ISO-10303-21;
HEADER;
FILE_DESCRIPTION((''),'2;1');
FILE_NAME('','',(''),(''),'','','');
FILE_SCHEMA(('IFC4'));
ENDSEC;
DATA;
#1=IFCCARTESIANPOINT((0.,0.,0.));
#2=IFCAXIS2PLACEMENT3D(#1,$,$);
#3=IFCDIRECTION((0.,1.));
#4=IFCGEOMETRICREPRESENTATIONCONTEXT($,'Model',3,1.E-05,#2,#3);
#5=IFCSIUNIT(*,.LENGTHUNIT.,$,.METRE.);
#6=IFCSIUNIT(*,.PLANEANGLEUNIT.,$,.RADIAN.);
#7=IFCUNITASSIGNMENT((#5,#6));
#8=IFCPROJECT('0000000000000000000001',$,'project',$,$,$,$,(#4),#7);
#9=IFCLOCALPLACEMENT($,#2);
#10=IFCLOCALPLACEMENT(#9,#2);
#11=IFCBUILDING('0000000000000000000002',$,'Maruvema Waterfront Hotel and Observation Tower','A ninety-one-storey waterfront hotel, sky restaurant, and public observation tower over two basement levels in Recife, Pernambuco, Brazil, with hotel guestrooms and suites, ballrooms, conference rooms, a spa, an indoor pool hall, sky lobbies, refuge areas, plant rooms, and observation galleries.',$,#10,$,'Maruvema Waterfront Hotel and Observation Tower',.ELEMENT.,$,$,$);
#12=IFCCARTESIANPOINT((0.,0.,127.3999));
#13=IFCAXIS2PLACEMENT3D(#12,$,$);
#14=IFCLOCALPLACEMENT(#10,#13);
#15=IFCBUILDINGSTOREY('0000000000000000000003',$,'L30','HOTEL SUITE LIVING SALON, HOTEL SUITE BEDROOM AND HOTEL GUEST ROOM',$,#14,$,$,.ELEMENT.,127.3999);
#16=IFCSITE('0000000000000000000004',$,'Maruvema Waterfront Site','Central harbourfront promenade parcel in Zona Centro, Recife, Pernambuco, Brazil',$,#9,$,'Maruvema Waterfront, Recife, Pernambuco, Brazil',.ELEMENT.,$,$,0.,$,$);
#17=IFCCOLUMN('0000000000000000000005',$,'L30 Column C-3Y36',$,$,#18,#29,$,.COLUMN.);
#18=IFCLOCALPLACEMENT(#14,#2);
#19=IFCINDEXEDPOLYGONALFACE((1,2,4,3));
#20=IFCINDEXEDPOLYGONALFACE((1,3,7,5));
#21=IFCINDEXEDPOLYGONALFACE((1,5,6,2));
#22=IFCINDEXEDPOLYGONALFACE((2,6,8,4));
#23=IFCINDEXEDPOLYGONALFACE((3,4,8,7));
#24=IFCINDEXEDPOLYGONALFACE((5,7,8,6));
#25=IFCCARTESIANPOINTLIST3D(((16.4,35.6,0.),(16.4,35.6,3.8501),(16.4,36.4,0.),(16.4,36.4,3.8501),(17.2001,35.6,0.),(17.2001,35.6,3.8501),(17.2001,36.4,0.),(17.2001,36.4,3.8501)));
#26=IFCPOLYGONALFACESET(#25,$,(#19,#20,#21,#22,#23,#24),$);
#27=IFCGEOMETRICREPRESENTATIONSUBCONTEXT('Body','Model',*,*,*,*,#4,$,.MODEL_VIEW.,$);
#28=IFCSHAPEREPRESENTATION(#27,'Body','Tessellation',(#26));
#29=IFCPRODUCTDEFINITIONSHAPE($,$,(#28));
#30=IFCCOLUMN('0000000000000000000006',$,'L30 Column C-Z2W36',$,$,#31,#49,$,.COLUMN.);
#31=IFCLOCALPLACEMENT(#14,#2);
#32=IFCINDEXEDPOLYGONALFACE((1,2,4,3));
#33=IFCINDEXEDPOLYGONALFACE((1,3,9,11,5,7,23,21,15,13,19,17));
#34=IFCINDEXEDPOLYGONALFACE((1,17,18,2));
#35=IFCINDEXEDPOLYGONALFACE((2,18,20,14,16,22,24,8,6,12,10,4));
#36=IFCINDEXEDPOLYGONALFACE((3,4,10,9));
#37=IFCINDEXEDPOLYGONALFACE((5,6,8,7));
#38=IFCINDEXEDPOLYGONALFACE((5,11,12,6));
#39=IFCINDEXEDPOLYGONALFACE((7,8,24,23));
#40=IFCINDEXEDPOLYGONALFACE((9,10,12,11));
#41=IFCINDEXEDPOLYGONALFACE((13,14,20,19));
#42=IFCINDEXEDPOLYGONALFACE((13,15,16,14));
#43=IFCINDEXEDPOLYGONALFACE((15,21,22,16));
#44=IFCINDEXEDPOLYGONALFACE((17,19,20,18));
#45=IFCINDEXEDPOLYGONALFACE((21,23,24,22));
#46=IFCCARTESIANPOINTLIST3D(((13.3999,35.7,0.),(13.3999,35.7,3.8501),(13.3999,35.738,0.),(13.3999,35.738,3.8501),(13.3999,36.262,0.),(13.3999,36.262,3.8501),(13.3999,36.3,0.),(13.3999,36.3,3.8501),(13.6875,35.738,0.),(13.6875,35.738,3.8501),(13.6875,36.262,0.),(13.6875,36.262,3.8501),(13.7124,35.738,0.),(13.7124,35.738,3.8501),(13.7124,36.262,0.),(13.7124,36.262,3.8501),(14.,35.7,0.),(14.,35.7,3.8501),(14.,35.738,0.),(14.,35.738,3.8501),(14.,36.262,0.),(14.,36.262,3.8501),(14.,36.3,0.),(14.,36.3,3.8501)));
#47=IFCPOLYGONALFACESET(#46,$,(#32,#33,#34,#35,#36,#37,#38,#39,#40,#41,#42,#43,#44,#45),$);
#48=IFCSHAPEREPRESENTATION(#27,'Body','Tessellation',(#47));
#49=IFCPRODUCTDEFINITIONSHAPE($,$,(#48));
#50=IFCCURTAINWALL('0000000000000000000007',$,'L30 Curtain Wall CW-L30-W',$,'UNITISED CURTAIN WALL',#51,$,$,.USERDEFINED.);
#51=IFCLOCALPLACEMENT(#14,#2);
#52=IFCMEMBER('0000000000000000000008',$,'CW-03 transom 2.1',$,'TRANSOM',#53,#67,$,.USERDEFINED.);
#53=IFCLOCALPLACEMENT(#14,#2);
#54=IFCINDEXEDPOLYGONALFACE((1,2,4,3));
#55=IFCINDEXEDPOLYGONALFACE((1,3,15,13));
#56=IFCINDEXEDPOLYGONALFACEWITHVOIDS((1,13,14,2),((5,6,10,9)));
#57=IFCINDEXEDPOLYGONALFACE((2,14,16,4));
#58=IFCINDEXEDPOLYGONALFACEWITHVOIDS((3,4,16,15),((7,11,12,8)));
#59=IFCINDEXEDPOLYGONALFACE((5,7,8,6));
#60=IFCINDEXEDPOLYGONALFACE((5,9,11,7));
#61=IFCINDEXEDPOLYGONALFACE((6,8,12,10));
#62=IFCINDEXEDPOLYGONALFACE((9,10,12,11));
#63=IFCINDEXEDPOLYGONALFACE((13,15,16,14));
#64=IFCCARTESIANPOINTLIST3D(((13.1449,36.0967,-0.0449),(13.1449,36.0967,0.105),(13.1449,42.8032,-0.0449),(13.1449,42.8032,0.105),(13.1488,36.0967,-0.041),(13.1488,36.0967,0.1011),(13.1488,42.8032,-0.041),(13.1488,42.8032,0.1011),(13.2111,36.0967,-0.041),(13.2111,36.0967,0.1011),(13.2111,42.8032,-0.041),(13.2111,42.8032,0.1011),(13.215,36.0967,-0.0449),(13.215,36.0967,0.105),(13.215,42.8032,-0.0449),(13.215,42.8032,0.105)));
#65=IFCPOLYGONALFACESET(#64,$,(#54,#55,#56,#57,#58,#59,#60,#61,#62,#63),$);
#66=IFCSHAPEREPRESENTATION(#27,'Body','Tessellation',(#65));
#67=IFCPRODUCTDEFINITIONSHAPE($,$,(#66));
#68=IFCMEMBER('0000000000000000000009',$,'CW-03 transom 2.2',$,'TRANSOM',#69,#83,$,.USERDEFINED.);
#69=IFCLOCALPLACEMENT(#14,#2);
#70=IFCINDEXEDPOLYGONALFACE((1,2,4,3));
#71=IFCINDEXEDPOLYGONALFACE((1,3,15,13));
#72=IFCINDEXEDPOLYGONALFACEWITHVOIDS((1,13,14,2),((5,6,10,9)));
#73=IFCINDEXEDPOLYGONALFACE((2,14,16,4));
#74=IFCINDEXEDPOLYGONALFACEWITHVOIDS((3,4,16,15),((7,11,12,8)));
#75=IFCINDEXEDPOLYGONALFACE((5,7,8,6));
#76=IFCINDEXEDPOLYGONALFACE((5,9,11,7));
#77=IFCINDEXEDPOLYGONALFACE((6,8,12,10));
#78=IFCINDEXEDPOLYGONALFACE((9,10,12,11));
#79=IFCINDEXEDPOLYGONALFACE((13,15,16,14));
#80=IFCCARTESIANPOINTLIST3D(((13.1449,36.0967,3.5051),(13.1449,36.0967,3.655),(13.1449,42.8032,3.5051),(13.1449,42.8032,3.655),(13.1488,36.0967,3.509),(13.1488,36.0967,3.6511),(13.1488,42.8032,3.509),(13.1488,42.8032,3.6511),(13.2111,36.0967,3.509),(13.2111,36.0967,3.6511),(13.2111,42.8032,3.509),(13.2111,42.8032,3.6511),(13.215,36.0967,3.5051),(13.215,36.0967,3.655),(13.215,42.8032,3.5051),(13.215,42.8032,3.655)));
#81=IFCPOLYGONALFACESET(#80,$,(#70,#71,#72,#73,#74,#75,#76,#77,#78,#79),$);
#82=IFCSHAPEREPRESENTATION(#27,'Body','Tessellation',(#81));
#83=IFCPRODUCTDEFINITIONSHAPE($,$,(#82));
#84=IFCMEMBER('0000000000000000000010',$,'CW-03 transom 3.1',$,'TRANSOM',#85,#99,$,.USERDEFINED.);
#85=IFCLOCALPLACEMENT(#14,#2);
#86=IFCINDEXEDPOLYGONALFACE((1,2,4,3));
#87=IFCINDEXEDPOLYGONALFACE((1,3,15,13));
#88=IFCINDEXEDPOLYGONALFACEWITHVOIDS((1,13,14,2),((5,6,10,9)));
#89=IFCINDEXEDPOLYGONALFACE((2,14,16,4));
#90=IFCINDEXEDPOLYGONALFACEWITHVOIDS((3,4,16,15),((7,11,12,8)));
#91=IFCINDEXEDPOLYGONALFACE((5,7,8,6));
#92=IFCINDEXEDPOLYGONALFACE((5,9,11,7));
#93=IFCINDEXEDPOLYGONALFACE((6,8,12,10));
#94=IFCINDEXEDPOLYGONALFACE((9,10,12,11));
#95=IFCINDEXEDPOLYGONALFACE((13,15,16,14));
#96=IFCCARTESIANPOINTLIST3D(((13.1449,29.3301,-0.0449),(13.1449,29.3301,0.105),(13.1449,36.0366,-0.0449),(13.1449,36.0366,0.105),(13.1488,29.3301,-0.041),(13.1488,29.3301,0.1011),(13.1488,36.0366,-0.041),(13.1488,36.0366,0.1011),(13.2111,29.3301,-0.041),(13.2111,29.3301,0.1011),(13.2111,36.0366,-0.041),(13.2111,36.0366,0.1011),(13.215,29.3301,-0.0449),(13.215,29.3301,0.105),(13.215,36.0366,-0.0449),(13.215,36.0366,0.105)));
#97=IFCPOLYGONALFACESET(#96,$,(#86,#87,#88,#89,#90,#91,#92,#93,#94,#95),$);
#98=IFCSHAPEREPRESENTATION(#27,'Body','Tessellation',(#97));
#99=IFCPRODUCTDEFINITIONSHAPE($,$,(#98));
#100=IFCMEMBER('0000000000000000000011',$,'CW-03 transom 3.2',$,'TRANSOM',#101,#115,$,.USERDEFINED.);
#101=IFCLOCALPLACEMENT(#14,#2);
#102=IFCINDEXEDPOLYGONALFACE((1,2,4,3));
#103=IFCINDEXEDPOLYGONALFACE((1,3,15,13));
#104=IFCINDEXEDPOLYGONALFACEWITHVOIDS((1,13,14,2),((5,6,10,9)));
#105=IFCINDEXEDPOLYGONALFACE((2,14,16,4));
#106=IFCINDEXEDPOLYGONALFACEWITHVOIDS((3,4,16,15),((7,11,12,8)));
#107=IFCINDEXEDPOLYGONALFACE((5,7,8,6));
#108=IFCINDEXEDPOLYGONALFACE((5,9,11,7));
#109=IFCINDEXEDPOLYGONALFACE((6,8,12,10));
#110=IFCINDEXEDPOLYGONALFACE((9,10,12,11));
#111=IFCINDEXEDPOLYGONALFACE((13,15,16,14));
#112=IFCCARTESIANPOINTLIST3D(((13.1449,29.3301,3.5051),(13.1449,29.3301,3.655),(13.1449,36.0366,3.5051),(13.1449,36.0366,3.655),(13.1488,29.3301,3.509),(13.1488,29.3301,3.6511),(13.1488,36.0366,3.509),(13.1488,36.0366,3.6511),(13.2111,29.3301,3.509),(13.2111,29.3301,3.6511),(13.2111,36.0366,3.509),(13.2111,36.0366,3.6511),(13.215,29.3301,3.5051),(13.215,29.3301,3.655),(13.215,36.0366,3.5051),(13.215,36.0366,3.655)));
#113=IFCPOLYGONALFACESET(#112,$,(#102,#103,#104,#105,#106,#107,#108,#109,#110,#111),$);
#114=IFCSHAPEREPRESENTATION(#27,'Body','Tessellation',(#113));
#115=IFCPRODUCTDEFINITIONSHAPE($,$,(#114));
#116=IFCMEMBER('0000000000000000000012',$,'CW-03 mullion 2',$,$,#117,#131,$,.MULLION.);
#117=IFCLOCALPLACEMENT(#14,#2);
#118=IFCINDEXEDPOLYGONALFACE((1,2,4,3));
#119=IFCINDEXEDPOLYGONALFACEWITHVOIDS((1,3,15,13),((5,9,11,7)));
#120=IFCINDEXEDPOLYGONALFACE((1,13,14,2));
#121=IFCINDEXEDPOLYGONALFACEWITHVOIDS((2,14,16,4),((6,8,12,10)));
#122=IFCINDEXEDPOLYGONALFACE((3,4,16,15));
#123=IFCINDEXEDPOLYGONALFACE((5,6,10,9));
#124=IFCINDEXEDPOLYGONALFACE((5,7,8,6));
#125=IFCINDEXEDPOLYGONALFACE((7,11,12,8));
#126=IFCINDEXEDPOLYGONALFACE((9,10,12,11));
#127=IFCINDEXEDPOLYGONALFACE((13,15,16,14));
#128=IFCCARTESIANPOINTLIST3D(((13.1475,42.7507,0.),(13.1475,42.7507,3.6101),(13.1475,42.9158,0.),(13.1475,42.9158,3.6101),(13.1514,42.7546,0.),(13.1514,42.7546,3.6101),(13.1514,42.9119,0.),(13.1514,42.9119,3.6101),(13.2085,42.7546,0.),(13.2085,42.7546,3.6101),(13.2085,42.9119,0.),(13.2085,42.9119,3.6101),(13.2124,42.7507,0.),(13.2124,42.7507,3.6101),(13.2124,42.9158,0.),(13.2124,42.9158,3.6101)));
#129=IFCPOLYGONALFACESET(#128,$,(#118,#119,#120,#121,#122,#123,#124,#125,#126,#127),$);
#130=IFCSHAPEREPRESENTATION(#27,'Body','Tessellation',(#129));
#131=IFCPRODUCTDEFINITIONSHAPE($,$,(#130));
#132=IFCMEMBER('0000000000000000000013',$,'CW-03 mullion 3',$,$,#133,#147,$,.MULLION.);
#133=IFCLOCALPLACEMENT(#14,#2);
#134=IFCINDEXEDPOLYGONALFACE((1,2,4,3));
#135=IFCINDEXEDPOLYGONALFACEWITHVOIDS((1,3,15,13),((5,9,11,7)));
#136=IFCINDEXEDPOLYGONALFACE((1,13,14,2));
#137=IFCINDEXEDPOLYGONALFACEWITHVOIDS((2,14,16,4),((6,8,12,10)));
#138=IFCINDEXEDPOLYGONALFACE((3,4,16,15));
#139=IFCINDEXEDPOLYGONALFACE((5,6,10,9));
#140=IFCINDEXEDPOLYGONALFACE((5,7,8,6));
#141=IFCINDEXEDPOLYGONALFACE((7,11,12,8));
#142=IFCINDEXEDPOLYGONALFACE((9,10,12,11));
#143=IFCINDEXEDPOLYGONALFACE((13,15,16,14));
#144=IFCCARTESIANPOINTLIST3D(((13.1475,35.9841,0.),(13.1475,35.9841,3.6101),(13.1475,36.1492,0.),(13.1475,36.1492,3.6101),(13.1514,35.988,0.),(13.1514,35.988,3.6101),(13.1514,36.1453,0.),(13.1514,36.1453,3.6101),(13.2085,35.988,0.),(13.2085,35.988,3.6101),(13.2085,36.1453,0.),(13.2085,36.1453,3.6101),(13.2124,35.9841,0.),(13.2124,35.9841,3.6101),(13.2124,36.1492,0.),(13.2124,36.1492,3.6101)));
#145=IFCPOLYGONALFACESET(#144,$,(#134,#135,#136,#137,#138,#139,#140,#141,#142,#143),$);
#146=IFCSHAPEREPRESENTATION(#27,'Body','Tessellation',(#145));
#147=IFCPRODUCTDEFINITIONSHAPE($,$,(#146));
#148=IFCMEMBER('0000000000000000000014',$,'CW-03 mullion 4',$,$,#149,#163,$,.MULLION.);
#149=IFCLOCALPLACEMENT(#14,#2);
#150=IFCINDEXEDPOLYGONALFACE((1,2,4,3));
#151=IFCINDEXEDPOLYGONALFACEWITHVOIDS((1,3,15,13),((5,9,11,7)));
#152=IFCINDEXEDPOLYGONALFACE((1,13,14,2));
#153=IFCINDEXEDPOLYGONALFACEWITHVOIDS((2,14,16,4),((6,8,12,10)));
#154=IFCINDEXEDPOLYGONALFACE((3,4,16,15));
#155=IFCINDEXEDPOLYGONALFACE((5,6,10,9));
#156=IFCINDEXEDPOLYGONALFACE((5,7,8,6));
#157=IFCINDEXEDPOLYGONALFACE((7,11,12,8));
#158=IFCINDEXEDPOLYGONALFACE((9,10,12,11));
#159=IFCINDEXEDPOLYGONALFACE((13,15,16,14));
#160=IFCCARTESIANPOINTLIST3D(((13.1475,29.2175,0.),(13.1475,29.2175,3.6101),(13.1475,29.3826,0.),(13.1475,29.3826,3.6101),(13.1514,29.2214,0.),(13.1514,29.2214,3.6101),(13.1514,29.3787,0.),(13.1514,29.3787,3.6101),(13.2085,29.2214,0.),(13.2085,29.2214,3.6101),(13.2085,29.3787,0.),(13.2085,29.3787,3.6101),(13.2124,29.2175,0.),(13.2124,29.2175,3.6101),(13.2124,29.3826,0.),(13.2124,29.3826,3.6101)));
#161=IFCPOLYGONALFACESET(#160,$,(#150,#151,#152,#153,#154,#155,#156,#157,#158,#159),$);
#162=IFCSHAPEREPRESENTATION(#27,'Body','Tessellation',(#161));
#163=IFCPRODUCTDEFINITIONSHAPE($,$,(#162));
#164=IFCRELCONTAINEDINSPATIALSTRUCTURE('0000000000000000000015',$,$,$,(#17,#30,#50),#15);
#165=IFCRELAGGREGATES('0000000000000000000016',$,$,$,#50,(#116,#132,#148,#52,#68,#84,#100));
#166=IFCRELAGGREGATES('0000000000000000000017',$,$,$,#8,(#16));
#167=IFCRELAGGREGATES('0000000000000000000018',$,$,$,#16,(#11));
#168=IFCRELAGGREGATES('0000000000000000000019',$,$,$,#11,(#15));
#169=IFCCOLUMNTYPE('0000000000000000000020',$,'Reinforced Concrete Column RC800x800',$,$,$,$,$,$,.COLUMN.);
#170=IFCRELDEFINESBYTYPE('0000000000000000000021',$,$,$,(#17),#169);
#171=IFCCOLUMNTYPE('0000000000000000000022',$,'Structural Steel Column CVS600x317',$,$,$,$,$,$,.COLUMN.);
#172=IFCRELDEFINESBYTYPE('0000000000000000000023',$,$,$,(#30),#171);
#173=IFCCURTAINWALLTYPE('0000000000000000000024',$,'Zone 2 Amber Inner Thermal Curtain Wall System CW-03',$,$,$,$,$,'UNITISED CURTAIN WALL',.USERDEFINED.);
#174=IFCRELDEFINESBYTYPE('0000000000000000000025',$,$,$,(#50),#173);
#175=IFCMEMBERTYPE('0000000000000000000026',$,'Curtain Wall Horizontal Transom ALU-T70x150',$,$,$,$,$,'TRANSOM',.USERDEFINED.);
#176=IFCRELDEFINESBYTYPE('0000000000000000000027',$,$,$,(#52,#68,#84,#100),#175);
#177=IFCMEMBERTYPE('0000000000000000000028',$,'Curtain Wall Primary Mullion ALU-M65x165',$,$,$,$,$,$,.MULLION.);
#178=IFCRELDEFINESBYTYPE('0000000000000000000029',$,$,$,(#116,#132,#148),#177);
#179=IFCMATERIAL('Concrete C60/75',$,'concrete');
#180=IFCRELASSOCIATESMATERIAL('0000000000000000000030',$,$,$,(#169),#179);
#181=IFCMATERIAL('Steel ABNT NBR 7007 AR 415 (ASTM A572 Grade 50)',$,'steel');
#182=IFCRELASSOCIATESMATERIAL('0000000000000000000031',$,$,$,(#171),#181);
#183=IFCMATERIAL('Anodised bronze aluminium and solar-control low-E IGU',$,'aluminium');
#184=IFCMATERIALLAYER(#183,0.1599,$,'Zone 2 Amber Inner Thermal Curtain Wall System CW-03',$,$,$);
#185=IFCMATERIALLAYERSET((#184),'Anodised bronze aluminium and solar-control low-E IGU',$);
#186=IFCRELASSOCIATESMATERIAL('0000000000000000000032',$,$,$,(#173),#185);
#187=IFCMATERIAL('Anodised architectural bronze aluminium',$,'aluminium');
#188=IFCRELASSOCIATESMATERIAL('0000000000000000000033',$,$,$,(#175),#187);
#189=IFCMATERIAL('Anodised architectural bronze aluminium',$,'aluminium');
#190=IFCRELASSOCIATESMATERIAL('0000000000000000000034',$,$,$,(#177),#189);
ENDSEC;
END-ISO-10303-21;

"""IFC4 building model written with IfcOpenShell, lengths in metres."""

from ifc_helpers import new_model, si_unit, direction, frame, origin, origin_2d, place, context, subcontext, project, spatial, rectangle, hollow_rectangle, i_section, extrude, material, layer, layer_set, material_profile, profile_set, type_object, element, aggregate, save


model = new_model("IFC4")

# Units and contexts
model_context = context("Model", 3, precision=1e-05, world=origin(), true_north=direction((0.0, 1.0)))
body_context = subcontext(model_context, "Body", "Model", "MODEL_VIEW")
ifc_project = project(units=[si_unit("LENGTHUNIT", "METRE"), si_unit("PLANEANGLEUNIT", "RADIAN")], contexts=[model_context])

# Site, building, storey
site_placement = place(None, origin())
site = spatial("IfcSite", under=ifc_project, at=site_placement, Name="Maruvema Waterfront Site", Description="Central harbourfront promenade parcel in Zona Centro, Recife, Pernambuco, Brazil", LongName="Maruvema Waterfront, Recife, Pernambuco, Brazil", CompositionType="ELEMENT", RefElevation=0.0)
building_placement = place(site_placement, origin())
building = spatial("IfcBuilding", under=site, at=building_placement, Name="Maruvema Waterfront Hotel and Observation Tower", Description="A ninety-one-storey waterfront hotel, sky restaurant, and public observation tower over two basement levels in Recife, Pernambuco, Brazil, with hotel guestrooms and suites, ballrooms, conference rooms, a spa, an indoor pool hall, sky lobbies, refuge areas, plant rooms, and observation galleries.", LongName="Maruvema Waterfront Hotel and Observation Tower", CompositionType="ELEMENT")
storey_placement = place(building_placement, frame((0.0, 0.0, 127.3999)))
storey = spatial("IfcBuildingStorey", under=building, at=storey_placement, Name="L30", Description="HOTEL SUITE LIVING SALON, HOTEL SUITE BEDROOM AND HOTEL GUEST ROOM", CompositionType="ELEMENT", Elevation=127.3999)

# Columns
ifc_material_1 = material(Name="Concrete C60/75", Category="concrete")
ifc_material_profile_1 = material_profile(ifc_material_1, rectangle(XDim=0.8, YDim=0.8, at=origin_2d()), Name="RC800x800")
ifc_profile_set_1 = profile_set([ifc_material_profile_1], Name="Concrete C60/75")
column_type_1 = type_object("IfcColumnType", Name="Reinforced Concrete Column RC800x800", PredefinedType="COLUMN", material=ifc_profile_set_1)
column_1_placement = place(storey_placement, frame((16.8, 36.0, 0.0), z_axis=(0.0, 0.0, 1.0), x_axis=(1.0, 0.0, 0.0)))
element("IfcColumn", 1, at=column_1_placement, inside=storey, type_object=column_type_1, Name="L30 Column C-3Y36", PredefinedType="COLUMN", context=body_context, shape_type="SweptSolid", body=[
    extrude(rectangle(XDim=0.8, YDim=0.8, at=origin_2d()), origin(), (0.0, 0.0, 1.0), 3.8501),
])
ifc_material_2 = material(Name="Steel ABNT NBR 7007 AR 415 (ASTM A572 Grade 50)", Category="steel")
ifc_material_profile_2 = material_profile(ifc_material_2, i_section(OverallWidth=0.6001, OverallDepth=0.6001, WebThickness=0.0249, FlangeThickness=0.0381, at=origin_2d()), Name="CVS600x317")
ifc_profile_set_2 = profile_set([ifc_material_profile_2], Name="Steel ABNT NBR 7007 AR 415 (ASTM A572 Grade 50)")
column_type_2 = type_object("IfcColumnType", Name="Structural Steel Column CVS600x317", PredefinedType="COLUMN", material=ifc_profile_set_2)
column_2_placement = place(storey_placement, frame((13.7, 36.0, 0.0), z_axis=(0.0, 0.0, 1.0), x_axis=(1.0, 0.0, 0.0)))
element("IfcColumn", 2, at=column_2_placement, inside=storey, type_object=column_type_2, Name="L30 Column C-Z2W36", PredefinedType="COLUMN", context=body_context, shape_type="SweptSolid", body=[
    extrude(i_section(OverallWidth=0.6001, OverallDepth=0.6001, WebThickness=0.0249, FlangeThickness=0.0381, at=origin_2d()), origin(), (0.0, 0.0, 1.0), 3.8501),
])

# Curtain wall, members
ifc_material_3 = material(Name="Anodised bronze aluminium and solar-control low-E IGU", Category="aluminium")
ifc_layer_1 = layer(ifc_material_3, 0.1599, Name="Zone 2 Amber Inner Thermal Curtain Wall System CW-03")
ifc_layer_set_1 = layer_set([ifc_layer_1], Name="Anodised bronze aluminium and solar-control low-E IGU")
curtain_wall_type = type_object("IfcCurtainWallType", Name="Zone 2 Amber Inner Thermal Curtain Wall System CW-03", ElementType="UNITISED CURTAIN WALL", PredefinedType="USERDEFINED", material=ifc_layer_set_1)
curtain_wall_placement = place(storey_placement, origin())
curtain_wall = element("IfcCurtainWall", 3, at=curtain_wall_placement, inside=storey, type_object=curtain_wall_type, Name="L30 Curtain Wall CW-L30-W", ObjectType="UNITISED CURTAIN WALL", PredefinedType="USERDEFINED")
ifc_material_4 = material(Name="Anodised architectural bronze aluminium", Category="aluminium")
ifc_material_profile_3 = material_profile(ifc_material_4, hollow_rectangle(XDim=0.0701, YDim=0.1499, WallThickness=0.0039, at=origin_2d()), Name="ALU-T70x150")
ifc_profile_set_3 = profile_set([ifc_material_profile_3], Name="Anodised architectural bronze aluminium")
member_type_1 = type_object("IfcMemberType", Name="Curtain Wall Horizontal Transom ALU-T70x150", ElementType="TRANSOM", PredefinedType="USERDEFINED", material=ifc_profile_set_3)
member_1_placement = place(storey_placement, frame((13.1799, 42.8032, 0.03), z_axis=(0.0, -1.0, 0.0), x_axis=(1.0, 0.0, 0.0)))
member_1 = element("IfcMember", 4, at=member_1_placement, type_object=member_type_1, Name="CW-03 transom 2.1", ObjectType="TRANSOM", PredefinedType="USERDEFINED", context=body_context, shape_type="SweptSolid", body=[
    extrude(hollow_rectangle(XDim=0.0701, YDim=0.1499, WallThickness=0.0039, at=origin_2d()), origin(), (0.0, 0.0, 1.0), 6.7065),
])
member_2_placement = place(storey_placement, frame((13.1799, 42.8032, 3.5801), z_axis=(0.0, -1.0, 0.0), x_axis=(1.0, 0.0, 0.0)))
member_2 = element("IfcMember", 5, at=member_2_placement, type_object=member_type_1, Name="CW-03 transom 2.2", ObjectType="TRANSOM", PredefinedType="USERDEFINED", context=body_context, shape_type="SweptSolid", body=[
    extrude(hollow_rectangle(XDim=0.0701, YDim=0.1499, WallThickness=0.0039, at=origin_2d()), origin(), (0.0, 0.0, 1.0), 6.7065),
])
member_3_placement = place(storey_placement, frame((13.1799, 36.0366, 0.03), z_axis=(0.0, -1.0, 0.0), x_axis=(1.0, 0.0, 0.0)))
member_3 = element("IfcMember", 6, at=member_3_placement, type_object=member_type_1, Name="CW-03 transom 3.1", ObjectType="TRANSOM", PredefinedType="USERDEFINED", context=body_context, shape_type="SweptSolid", body=[
    extrude(hollow_rectangle(XDim=0.0701, YDim=0.1499, WallThickness=0.0039, at=origin_2d()), origin(), (0.0, 0.0, 1.0), 6.7065),
])
member_4_placement = place(storey_placement, frame((13.1799, 36.0366, 3.5801), z_axis=(0.0, -1.0, 0.0), x_axis=(1.0, 0.0, 0.0)))
member_4 = element("IfcMember", 7, at=member_4_placement, type_object=member_type_1, Name="CW-03 transom 3.2", ObjectType="TRANSOM", PredefinedType="USERDEFINED", context=body_context, shape_type="SweptSolid", body=[
    extrude(hollow_rectangle(XDim=0.0701, YDim=0.1499, WallThickness=0.0039, at=origin_2d()), origin(), (0.0, 0.0, 1.0), 6.7065),
])
ifc_material_5 = material(Name="Anodised architectural bronze aluminium", Category="aluminium")
ifc_material_profile_4 = material_profile(ifc_material_5, hollow_rectangle(XDim=0.0649, YDim=0.165, WallThickness=0.0039, at=origin_2d()), Name="ALU-M65x165")
ifc_profile_set_4 = profile_set([ifc_material_profile_4], Name="Anodised architectural bronze aluminium")
member_type_2 = type_object("IfcMemberType", Name="Curtain Wall Primary Mullion ALU-M65x165", PredefinedType="MULLION", material=ifc_profile_set_4)
member_5_placement = place(storey_placement, frame((13.1799, 42.8333, 0.0), z_axis=(0.0, 0.0, 1.0), x_axis=(1.0, 0.0, 0.0)))
member_5 = element("IfcMember", 8, at=member_5_placement, type_object=member_type_2, Name="CW-03 mullion 2", PredefinedType="MULLION", context=body_context, shape_type="SweptSolid", body=[
    extrude(hollow_rectangle(XDim=0.0649, YDim=0.165, WallThickness=0.0039, at=origin_2d()), origin(), (0.0, 0.0, 1.0), 3.6101),
])
member_6_placement = place(storey_placement, frame((13.1799, 36.0667, 0.0), z_axis=(0.0, 0.0, 1.0), x_axis=(1.0, 0.0, 0.0)))
member_6 = element("IfcMember", 9, at=member_6_placement, type_object=member_type_2, Name="CW-03 mullion 3", PredefinedType="MULLION", context=body_context, shape_type="SweptSolid", body=[
    extrude(hollow_rectangle(XDim=0.0649, YDim=0.165, WallThickness=0.0039, at=origin_2d()), origin(), (0.0, 0.0, 1.0), 3.6101),
])
member_7_placement = place(storey_placement, frame((13.1799, 29.3, 0.0), z_axis=(0.0, 0.0, 1.0), x_axis=(1.0, 0.0, 0.0)))
member_7 = element("IfcMember", 10, at=member_7_placement, type_object=member_type_2, Name="CW-03 mullion 4", PredefinedType="MULLION", context=body_context, shape_type="SweptSolid", body=[
    extrude(hollow_rectangle(XDim=0.0649, YDim=0.165, WallThickness=0.0039, at=origin_2d()), origin(), (0.0, 0.0, 1.0), 3.6101),
])

aggregate(curtain_wall, [member_5, member_6, member_7, member_1, member_2, member_3, member_4])

save(model, "model.ifc")
